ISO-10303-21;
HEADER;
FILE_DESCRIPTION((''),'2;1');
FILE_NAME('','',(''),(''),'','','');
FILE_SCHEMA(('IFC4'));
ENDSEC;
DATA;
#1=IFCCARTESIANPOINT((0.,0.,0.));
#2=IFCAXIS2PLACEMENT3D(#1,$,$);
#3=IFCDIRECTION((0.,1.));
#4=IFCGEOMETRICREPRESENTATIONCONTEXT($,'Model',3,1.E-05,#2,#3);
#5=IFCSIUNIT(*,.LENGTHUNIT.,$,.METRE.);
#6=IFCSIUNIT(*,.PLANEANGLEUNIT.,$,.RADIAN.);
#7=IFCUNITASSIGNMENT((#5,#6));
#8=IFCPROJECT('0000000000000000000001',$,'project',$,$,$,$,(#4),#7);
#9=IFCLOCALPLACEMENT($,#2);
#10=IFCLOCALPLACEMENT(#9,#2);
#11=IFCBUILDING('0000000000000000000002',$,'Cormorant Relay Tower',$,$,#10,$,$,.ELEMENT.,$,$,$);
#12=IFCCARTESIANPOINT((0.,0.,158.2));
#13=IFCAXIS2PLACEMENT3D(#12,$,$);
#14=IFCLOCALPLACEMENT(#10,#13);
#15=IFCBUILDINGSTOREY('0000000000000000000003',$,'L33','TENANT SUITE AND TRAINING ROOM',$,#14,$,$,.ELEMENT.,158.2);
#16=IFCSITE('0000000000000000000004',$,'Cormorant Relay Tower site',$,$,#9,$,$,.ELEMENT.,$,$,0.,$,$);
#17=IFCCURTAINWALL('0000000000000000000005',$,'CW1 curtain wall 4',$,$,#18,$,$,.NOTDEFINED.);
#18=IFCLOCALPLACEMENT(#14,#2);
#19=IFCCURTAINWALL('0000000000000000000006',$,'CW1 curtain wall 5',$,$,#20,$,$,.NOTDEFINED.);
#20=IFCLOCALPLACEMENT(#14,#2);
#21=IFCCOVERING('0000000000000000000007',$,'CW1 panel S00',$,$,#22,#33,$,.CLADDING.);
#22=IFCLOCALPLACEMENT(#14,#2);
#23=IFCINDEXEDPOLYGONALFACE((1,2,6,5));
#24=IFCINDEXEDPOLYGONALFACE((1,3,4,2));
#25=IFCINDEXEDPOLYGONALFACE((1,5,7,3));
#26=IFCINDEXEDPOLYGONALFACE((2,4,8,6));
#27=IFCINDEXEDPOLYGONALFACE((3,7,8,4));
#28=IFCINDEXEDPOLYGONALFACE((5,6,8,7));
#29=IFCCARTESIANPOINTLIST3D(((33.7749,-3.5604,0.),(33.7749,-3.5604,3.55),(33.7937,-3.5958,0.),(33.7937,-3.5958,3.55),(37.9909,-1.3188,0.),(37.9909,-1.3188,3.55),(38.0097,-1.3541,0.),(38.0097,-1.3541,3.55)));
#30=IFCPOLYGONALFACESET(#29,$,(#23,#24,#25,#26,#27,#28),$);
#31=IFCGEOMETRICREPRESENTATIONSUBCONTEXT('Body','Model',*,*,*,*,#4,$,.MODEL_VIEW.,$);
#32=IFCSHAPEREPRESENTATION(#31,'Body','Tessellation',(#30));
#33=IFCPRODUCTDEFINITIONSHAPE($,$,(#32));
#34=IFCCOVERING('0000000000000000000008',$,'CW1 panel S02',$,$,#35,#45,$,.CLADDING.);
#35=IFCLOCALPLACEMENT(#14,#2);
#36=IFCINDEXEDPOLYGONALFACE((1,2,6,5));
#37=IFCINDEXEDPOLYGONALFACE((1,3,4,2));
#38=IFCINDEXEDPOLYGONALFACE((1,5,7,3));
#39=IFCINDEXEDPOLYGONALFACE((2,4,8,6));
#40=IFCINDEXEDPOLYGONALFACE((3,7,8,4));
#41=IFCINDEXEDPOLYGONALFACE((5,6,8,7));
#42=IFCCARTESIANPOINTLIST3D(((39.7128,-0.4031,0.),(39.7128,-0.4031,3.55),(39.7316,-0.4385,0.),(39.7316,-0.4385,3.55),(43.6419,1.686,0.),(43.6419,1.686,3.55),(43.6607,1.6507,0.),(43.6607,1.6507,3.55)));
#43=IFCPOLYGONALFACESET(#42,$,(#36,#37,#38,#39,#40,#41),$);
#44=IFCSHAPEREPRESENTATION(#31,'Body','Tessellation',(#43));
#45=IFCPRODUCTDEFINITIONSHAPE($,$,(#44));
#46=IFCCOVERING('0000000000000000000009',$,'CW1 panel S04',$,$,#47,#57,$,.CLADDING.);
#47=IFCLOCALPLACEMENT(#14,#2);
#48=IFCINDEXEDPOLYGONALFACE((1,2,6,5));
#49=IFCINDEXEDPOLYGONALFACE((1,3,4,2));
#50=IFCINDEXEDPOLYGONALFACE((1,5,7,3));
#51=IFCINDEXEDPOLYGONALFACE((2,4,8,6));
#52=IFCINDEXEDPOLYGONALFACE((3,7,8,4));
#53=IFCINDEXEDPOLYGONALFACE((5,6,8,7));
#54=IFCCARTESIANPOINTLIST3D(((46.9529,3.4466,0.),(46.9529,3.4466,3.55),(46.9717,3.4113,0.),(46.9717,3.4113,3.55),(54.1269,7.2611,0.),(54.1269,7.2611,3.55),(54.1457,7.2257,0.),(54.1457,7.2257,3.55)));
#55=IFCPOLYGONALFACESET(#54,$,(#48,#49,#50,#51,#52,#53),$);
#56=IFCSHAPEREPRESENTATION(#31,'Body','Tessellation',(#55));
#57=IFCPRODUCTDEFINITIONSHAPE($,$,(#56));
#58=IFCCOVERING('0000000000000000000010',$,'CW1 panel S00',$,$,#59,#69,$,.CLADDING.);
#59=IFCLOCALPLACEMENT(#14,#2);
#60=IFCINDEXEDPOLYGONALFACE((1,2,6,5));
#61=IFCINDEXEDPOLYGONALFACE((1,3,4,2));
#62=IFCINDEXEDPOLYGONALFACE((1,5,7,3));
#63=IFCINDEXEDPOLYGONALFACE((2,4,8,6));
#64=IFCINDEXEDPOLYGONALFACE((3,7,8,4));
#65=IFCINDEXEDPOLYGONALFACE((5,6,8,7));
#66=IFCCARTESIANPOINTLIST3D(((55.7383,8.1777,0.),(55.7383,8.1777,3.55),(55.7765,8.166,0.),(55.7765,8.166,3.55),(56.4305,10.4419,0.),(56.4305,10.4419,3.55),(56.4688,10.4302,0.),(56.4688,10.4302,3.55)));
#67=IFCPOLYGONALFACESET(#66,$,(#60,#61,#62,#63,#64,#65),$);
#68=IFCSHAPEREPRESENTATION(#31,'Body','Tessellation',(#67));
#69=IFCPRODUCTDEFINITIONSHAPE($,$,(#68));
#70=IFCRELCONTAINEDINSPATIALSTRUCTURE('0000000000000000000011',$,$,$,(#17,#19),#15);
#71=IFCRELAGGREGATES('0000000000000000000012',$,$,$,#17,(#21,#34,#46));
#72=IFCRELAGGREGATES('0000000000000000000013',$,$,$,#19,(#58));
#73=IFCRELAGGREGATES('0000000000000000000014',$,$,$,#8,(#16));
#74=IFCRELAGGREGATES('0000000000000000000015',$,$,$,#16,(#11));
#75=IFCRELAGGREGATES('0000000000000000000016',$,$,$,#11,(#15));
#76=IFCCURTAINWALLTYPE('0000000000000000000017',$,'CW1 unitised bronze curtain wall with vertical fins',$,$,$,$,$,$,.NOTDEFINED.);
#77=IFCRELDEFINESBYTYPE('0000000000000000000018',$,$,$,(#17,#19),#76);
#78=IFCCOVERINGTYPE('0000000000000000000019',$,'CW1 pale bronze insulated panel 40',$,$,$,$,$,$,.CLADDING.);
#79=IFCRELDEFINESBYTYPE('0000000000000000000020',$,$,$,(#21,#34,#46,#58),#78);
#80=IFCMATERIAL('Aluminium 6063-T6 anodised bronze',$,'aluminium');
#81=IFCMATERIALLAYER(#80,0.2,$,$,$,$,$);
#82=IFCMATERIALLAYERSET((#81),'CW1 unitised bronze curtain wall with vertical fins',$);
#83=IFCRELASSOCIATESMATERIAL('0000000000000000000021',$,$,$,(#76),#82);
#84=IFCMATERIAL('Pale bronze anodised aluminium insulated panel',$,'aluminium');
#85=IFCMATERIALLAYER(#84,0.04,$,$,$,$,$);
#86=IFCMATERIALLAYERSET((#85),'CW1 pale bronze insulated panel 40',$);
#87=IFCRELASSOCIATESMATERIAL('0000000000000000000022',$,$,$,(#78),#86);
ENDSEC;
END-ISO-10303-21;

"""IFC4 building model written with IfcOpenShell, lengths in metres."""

from ifc_helpers import new_model, si_unit, direction, frame, origin, origin_2d, place, context, subcontext, project, spatial, rectangle, extrude, material, layer, layer_set, type_object, element, aggregate, save


model = new_model("IFC4")

# Units and contexts
model_context = context("Model", 3, precision=1e-05, world=origin(), true_north=direction((0.0, 1.0)))
body_context = subcontext(model_context, "Body", "Model", "MODEL_VIEW")
ifc_project = project(units=[si_unit("LENGTHUNIT", "METRE"), si_unit("PLANEANGLEUNIT", "RADIAN")], contexts=[model_context])

# Site, building, storey
site_placement = place(None, origin())
site = spatial("IfcSite", under=ifc_project, at=site_placement, Name="Cormorant Relay Tower site", CompositionType="ELEMENT", RefElevation=0.0)
building_placement = place(site_placement, origin())
building = spatial("IfcBuilding", under=site, at=building_placement, Name="Cormorant Relay Tower", CompositionType="ELEMENT")
storey_placement = place(building_placement, frame((0.0, 0.0, 158.2)))
storey = spatial("IfcBuildingStorey", under=building, at=storey_placement, Name="L33", Description="TENANT SUITE AND TRAINING ROOM", CompositionType="ELEMENT", Elevation=158.2)

# Shared definitions
ifc_material_1 = material(Name="Aluminium 6063-T6 anodised bronze", Category="aluminium")
ifc_layer_1 = layer(ifc_material_1, 0.2)
ifc_layer_set_1 = layer_set([ifc_layer_1], Name="CW1 unitised bronze curtain wall with vertical fins")
curtain_wall_type = type_object("IfcCurtainWallType", Name="CW1 unitised bronze curtain wall with vertical fins", PredefinedType="NOTDEFINED", material=ifc_layer_set_1)

# Curtain wall
curtain_wall_1_placement = place(storey_placement, origin())
curtain_wall_1 = element("IfcCurtainWall", 1, at=curtain_wall_1_placement, inside=storey, type_object=curtain_wall_type, Name="CW1 curtain wall 4", PredefinedType="NOTDEFINED")

# Curtain wall
curtain_wall_2_placement = place(storey_placement, origin())
curtain_wall_2 = element("IfcCurtainWall", 2, at=curtain_wall_2_placement, inside=storey, type_object=curtain_wall_type, Name="CW1 curtain wall 5", PredefinedType="NOTDEFINED")

# Coverings
ifc_material_2 = material(Name="Pale bronze anodised aluminium insulated panel", Category="aluminium")
ifc_layer_2 = layer(ifc_material_2, 0.04)
ifc_layer_set_2 = layer_set([ifc_layer_2], Name="CW1 pale bronze insulated panel 40")
covering_type = type_object("IfcCoveringType", Name="CW1 pale bronze insulated panel 40", PredefinedType="CLADDING", material=ifc_layer_set_2)
covering_1_placement = place(storey_placement, frame((35.8923, -2.4573, 0.0), z_axis=(0.0, 0.0, 1.0), x_axis=(0.882948, 0.469472, 0.0)))
covering_1 = element("IfcCovering", 3, at=covering_1_placement, type_object=covering_type, Name="CW1 panel S00", PredefinedType="CLADDING", context=body_context, shape_type="SweptSolid", body=[
    extrude(rectangle(XDim=4.7749, YDim=0.04, at=origin_2d()), origin(), (0.0, 0.0, 1.0), 3.55),
])
covering_2_placement = place(storey_placement, frame((41.6868, 0.6238, 0.0), z_axis=(0.0, 0.0, 1.0), x_axis=(0.882948, 0.469472, 0.0)))
covering_2 = element("IfcCovering", 4, at=covering_2_placement, type_object=covering_type, Name="CW1 panel S02", PredefinedType="CLADDING", context=body_context, shape_type="SweptSolid", body=[
    extrude(rectangle(XDim=4.45, YDim=0.04, at=origin_2d()), origin(), (0.0, 0.0, 1.0), 3.55),
])
covering_3_placement = place(storey_placement, frame((50.5493, 5.3362, 0.0), z_axis=(0.0, 0.0, 1.0), x_axis=(0.882948, 0.469472, 0.0)))
covering_3 = element("IfcCovering", 5, at=covering_3_placement, type_object=covering_type, Name="CW1 panel S04", PredefinedType="CLADDING", context=body_context, shape_type="SweptSolid", body=[
    extrude(rectangle(XDim=8.125, YDim=0.04, at=origin_2d()), origin(), (0.0, 0.0, 1.0), 3.55),
])
aggregate(curtain_wall_1, [covering_1, covering_2, covering_3])
covering_4_placement = place(storey_placement, frame((56.1035, 9.304, 0.0), z_axis=(0.0, 0.0, 1.0), x_axis=(0.292372, 0.956305, 0.0)))
covering_4 = element("IfcCovering", 6, at=covering_4_placement, type_object=covering_type, Name="CW1 panel S00", PredefinedType="CLADDING", context=body_context, shape_type="SweptSolid", body=[
    extrude(rectangle(XDim=2.3677, YDim=0.04, at=origin_2d()), origin(), (0.0, 0.0, 1.0), 3.55),
])
aggregate(curtain_wall_2, [covering_4])

save(model, "model.ifc")
